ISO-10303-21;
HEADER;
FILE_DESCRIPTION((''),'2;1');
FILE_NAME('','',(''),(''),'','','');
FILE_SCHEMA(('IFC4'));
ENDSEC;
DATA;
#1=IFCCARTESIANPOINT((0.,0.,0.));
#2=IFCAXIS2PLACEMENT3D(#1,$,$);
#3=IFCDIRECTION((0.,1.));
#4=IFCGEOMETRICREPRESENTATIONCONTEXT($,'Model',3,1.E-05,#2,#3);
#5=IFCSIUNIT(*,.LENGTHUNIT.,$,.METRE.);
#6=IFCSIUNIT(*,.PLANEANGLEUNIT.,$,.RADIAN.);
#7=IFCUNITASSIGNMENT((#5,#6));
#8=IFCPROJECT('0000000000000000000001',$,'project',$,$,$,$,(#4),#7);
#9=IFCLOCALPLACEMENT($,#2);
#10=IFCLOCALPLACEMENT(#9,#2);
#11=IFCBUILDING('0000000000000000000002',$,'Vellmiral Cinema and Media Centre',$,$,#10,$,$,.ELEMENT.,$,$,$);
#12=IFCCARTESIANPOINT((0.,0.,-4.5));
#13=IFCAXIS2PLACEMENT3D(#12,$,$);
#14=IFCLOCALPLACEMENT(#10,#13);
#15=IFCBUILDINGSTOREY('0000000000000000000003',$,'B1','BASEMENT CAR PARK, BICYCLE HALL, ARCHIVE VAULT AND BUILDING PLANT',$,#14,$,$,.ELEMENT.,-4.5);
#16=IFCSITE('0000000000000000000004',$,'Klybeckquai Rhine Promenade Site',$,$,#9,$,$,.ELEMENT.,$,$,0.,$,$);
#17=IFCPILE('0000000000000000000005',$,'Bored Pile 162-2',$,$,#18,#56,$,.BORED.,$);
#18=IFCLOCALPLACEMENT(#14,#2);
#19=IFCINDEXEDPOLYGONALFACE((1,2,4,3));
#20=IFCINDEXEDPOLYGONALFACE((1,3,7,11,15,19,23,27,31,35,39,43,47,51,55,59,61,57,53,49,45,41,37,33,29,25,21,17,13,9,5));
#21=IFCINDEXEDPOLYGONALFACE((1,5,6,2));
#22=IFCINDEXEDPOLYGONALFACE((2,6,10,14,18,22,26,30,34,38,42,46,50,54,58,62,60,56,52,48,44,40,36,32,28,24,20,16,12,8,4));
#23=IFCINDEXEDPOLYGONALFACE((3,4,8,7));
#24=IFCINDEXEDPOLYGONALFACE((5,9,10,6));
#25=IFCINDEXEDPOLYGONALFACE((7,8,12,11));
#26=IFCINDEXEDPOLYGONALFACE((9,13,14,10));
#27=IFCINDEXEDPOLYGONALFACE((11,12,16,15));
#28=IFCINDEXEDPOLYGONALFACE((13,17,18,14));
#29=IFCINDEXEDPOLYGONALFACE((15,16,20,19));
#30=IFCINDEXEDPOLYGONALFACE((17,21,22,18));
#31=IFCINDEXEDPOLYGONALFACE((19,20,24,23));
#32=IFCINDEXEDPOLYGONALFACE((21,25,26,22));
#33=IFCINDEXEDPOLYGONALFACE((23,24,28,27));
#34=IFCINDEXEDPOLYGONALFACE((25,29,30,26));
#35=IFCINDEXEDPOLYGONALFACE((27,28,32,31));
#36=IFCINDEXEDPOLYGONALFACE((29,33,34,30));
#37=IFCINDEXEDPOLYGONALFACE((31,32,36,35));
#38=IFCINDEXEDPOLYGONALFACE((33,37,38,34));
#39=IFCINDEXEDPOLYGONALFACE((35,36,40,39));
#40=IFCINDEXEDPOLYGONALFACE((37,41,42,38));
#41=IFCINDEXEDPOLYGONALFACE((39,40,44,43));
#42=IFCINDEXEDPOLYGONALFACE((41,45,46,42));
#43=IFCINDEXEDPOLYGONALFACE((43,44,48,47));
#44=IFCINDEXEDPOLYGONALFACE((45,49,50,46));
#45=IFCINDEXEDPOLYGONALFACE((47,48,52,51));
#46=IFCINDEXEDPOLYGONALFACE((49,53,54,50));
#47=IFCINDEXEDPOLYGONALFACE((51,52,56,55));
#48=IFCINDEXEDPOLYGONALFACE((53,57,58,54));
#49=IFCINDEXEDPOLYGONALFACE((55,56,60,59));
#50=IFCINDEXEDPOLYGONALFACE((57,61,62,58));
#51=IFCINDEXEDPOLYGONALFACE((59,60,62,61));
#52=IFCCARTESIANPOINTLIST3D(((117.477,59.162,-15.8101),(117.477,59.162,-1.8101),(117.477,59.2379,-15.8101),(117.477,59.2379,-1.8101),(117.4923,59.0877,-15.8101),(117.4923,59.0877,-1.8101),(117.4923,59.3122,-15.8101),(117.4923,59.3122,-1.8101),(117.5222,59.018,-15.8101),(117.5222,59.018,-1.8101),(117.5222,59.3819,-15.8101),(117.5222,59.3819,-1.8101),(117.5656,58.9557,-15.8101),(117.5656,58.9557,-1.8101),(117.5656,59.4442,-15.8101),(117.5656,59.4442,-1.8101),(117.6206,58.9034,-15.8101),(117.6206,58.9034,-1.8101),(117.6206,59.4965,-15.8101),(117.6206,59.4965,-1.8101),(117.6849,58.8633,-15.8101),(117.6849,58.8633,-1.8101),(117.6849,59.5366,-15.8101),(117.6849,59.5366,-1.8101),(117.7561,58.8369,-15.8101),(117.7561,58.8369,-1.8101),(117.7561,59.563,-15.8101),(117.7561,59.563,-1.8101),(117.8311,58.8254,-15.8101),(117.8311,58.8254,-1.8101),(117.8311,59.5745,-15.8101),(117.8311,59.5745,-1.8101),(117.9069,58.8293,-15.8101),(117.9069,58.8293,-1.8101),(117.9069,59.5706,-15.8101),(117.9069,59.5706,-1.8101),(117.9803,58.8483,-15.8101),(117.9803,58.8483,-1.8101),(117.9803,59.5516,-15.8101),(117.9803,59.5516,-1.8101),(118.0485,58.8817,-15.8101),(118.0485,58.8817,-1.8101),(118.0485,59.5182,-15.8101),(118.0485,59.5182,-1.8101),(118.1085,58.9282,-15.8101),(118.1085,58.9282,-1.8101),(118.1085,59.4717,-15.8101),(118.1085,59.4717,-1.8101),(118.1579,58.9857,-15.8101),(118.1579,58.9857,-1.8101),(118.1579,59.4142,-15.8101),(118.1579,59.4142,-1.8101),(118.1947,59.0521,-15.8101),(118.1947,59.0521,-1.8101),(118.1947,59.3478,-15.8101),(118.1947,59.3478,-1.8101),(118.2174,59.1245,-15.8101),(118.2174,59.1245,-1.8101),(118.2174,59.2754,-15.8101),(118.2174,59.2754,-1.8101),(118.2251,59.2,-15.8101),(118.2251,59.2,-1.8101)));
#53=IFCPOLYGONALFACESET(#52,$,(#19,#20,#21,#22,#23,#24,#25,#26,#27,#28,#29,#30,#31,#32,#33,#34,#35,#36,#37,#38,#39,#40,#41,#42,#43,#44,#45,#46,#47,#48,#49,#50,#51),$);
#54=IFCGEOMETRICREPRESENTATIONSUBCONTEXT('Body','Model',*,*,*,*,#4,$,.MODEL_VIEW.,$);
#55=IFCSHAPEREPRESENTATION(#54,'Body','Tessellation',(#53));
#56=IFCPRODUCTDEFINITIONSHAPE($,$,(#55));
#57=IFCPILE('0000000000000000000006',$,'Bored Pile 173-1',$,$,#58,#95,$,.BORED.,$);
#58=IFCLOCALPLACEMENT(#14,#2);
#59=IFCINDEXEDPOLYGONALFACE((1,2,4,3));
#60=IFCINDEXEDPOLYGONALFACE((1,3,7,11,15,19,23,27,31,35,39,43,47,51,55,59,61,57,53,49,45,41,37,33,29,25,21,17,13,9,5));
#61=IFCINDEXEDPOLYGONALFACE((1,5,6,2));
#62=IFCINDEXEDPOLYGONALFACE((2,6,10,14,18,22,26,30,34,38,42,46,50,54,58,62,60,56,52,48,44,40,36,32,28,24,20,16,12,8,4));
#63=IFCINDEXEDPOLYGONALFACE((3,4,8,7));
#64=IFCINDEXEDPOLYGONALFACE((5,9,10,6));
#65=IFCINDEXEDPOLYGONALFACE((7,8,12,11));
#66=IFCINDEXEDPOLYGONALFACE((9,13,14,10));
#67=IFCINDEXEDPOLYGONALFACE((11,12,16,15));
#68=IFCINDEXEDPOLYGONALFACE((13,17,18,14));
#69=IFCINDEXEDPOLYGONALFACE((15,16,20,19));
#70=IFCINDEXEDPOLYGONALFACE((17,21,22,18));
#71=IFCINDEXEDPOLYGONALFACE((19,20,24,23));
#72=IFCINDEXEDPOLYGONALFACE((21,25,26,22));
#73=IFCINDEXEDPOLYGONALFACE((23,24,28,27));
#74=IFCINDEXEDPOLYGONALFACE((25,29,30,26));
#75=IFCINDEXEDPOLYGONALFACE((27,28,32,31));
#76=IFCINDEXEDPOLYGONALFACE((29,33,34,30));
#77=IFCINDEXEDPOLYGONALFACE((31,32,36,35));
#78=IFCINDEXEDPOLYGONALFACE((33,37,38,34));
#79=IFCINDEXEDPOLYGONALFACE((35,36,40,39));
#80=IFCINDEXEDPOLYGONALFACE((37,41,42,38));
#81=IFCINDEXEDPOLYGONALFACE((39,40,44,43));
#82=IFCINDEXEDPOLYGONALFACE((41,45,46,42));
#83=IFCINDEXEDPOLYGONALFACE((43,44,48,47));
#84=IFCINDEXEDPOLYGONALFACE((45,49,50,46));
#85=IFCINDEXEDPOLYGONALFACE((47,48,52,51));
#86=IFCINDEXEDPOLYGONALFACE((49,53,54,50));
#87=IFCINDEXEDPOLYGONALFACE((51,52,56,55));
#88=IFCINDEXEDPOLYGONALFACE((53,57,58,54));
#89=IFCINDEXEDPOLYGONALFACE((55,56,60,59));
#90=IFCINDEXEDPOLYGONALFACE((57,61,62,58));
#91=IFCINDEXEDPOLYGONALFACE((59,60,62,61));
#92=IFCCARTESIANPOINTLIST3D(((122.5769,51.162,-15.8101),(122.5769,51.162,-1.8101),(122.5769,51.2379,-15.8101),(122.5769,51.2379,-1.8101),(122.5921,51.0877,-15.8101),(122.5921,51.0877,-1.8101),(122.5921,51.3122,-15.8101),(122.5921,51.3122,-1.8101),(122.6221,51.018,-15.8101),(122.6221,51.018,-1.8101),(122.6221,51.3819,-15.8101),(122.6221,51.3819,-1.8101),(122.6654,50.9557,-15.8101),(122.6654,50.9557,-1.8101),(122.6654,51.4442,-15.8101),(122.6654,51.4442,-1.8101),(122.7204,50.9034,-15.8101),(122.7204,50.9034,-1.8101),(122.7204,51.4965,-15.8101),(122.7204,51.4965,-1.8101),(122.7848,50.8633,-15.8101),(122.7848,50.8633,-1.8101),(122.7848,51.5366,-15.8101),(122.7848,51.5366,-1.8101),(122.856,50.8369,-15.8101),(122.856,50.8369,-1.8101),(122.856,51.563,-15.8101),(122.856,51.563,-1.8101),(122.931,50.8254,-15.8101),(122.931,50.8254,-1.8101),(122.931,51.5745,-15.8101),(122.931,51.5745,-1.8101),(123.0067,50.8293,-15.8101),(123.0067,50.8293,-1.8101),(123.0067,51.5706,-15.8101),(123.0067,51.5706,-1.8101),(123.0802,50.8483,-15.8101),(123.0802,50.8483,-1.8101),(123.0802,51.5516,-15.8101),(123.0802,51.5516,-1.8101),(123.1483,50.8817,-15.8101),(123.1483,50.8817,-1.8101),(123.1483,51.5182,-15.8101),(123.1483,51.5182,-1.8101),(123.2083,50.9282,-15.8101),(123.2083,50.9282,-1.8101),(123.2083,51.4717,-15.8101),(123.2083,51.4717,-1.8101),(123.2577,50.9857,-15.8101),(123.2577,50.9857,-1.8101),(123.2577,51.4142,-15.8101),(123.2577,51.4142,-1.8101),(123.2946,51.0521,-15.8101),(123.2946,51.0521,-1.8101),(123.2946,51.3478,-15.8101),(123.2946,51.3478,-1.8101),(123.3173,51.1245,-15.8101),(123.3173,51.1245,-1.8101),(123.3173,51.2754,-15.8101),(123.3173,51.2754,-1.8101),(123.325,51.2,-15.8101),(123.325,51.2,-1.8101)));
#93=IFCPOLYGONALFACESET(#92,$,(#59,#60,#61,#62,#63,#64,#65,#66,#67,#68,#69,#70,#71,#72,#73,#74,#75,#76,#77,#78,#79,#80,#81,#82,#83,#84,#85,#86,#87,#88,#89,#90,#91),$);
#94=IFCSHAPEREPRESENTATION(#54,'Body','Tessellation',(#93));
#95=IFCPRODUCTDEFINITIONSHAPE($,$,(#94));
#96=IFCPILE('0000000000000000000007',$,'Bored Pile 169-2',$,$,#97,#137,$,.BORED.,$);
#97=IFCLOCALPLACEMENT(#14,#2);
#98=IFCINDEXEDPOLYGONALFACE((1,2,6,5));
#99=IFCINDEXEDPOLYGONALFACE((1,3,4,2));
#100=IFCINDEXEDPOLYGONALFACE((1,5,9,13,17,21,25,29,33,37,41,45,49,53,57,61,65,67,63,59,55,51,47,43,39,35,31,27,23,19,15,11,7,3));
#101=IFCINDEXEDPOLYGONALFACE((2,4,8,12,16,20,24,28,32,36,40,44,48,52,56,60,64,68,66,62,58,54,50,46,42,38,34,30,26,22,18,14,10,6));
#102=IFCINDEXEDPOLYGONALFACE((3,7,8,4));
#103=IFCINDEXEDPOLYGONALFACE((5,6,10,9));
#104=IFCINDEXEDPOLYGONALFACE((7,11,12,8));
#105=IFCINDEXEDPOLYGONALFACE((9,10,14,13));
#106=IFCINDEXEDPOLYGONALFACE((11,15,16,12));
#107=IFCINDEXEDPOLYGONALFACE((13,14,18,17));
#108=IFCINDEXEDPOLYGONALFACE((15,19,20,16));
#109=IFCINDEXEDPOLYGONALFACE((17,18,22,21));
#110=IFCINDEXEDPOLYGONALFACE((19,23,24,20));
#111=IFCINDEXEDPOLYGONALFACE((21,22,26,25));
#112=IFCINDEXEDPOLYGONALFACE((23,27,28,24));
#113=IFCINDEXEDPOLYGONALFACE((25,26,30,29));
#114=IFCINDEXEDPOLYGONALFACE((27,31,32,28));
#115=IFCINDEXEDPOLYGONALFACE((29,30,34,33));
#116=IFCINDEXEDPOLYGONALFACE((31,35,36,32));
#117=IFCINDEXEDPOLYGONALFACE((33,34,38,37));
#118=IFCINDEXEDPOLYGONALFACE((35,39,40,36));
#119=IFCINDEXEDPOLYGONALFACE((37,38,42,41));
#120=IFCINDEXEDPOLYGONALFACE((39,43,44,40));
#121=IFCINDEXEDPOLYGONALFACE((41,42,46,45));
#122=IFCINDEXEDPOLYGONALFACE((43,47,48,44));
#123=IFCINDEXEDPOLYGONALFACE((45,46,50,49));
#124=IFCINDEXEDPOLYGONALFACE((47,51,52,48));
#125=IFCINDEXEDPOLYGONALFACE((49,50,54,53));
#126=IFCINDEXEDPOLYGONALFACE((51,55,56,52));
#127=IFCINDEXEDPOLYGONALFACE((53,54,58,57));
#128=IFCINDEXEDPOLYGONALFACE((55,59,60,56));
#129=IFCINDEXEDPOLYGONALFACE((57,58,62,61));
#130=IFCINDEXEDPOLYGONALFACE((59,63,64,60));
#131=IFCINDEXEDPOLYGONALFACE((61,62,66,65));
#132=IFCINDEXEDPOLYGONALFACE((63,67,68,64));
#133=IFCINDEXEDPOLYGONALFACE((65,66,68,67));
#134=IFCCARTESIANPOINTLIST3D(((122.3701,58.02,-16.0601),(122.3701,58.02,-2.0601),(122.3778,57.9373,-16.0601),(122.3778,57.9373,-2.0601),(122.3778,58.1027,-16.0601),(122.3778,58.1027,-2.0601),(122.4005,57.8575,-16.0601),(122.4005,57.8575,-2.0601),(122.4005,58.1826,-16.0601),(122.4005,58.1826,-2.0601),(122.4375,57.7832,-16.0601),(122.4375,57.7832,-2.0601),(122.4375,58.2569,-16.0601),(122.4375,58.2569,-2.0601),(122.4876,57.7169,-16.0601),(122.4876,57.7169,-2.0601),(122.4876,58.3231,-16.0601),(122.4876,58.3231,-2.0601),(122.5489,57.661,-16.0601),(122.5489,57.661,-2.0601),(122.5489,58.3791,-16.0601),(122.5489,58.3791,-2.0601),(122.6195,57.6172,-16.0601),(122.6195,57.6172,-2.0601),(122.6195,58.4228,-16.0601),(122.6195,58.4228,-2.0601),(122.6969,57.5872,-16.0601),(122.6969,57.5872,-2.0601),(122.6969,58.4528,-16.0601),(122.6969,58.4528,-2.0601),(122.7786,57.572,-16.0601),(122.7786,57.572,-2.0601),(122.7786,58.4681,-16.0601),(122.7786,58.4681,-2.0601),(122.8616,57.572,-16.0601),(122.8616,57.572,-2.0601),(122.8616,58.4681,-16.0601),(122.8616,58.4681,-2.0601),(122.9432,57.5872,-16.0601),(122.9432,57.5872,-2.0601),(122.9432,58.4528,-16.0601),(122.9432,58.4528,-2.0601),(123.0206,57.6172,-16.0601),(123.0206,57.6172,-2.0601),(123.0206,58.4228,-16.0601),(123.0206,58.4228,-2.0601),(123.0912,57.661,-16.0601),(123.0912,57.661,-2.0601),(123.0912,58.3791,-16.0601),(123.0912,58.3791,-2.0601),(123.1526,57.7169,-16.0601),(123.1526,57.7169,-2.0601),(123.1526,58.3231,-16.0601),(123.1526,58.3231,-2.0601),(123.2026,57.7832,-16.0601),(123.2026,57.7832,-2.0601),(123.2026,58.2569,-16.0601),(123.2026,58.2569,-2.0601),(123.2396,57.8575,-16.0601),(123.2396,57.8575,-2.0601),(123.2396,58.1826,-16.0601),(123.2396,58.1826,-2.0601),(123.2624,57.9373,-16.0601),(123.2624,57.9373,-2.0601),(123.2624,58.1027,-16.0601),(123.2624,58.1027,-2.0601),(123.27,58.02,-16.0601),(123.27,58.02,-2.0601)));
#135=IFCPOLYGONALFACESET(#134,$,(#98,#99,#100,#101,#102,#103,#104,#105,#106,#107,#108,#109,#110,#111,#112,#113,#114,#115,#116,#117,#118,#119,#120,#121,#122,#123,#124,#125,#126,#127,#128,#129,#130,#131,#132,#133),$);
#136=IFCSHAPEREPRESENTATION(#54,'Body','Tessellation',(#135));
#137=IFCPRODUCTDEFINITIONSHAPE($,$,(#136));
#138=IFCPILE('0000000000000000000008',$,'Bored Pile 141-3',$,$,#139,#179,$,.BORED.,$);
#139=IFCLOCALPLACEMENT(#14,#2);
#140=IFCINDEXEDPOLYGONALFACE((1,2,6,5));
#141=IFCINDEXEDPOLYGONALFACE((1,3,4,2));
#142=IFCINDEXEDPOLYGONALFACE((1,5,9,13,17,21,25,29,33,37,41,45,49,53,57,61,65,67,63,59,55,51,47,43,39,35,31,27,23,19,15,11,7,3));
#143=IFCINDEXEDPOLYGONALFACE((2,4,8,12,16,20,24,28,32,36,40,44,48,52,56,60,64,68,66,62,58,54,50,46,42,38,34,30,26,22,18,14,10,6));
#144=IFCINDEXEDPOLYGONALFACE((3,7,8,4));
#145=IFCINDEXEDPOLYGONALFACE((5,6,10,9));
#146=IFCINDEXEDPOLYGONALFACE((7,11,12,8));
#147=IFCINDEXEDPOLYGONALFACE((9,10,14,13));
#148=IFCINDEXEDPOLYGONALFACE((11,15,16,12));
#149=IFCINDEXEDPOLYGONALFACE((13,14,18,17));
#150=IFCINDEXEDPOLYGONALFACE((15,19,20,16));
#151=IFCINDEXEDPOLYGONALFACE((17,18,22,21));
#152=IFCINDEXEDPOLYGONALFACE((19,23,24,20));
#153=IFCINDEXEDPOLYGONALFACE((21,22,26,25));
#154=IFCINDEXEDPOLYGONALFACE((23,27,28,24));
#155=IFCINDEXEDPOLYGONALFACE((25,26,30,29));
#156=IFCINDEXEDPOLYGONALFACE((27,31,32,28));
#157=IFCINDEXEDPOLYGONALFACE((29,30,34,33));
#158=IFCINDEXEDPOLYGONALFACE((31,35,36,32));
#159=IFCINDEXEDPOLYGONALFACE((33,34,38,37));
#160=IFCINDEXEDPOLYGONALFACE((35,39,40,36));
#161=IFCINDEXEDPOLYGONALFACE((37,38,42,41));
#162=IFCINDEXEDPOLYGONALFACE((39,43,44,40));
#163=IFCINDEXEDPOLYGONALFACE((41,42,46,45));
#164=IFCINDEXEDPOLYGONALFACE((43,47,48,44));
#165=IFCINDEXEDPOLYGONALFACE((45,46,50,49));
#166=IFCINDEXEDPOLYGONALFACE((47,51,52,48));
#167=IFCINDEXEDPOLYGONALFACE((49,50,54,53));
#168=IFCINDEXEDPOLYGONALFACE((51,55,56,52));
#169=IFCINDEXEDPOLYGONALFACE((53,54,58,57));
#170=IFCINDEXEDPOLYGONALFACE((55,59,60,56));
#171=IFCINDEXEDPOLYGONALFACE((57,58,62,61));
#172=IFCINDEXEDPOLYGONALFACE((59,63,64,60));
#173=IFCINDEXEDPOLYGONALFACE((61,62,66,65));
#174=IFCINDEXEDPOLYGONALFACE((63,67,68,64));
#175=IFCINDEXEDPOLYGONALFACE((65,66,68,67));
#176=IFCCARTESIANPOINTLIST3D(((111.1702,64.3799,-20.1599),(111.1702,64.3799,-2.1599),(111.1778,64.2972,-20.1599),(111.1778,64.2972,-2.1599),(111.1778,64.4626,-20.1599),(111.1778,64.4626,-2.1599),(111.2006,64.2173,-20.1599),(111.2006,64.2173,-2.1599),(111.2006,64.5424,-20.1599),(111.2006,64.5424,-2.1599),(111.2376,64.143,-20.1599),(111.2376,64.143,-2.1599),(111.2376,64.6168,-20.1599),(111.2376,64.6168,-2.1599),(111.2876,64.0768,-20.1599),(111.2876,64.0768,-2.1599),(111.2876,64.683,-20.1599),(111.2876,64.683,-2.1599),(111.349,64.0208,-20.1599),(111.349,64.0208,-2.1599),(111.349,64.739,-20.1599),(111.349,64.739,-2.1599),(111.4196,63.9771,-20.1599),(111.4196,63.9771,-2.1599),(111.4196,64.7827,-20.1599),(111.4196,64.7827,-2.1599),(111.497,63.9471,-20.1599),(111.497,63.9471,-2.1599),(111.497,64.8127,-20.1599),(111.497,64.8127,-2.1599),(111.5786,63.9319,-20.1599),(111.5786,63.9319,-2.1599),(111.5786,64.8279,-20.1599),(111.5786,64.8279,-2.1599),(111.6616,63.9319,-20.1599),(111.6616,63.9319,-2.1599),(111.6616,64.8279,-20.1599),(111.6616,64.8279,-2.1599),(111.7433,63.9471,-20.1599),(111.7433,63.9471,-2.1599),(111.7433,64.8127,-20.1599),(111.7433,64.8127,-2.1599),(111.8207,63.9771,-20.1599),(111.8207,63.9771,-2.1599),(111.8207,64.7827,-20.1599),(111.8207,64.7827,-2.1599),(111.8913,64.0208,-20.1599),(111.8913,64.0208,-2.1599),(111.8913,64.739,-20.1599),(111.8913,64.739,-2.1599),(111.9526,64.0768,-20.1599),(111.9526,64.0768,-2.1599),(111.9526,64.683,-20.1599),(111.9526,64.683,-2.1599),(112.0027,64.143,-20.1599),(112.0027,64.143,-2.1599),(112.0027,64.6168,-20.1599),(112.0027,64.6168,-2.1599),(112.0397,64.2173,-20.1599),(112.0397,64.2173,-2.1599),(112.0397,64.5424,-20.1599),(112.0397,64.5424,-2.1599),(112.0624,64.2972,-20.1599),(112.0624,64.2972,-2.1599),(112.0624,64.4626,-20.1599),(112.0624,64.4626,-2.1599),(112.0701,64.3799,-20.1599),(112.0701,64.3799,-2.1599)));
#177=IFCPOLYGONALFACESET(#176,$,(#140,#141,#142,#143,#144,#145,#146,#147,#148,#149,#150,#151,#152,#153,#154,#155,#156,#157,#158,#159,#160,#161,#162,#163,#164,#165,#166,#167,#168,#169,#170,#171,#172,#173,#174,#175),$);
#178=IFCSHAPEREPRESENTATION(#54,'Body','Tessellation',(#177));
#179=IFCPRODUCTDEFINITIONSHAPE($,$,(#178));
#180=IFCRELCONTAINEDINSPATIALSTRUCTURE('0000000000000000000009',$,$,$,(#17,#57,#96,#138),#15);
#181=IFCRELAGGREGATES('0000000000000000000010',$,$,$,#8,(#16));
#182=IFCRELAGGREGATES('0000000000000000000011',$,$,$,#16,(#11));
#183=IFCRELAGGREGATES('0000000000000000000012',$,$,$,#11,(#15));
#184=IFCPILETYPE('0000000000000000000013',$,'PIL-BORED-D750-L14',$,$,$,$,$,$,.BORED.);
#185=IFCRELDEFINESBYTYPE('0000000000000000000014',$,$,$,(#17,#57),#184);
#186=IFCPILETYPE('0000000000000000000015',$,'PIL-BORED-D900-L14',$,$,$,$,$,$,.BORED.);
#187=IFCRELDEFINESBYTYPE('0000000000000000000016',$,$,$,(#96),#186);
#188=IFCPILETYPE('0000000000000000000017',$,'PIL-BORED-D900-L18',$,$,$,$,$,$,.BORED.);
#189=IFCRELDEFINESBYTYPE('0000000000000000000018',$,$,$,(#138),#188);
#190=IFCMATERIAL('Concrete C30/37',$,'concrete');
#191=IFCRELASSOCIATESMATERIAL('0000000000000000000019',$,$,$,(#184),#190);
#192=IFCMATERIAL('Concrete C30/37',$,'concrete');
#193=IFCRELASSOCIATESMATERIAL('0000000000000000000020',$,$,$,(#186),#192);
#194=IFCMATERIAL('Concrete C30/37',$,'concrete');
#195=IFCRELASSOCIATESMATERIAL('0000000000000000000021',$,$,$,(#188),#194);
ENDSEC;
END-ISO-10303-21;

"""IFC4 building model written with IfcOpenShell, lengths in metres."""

from ifc_helpers import new_model, si_unit, direction, frame, origin, origin_2d, place, context, subcontext, project, spatial, circle, extrude, material, material_profile, profile_set, type_object, element, save


model = new_model("IFC4")

# Units and contexts
model_context = context("Model", 3, precision=1e-05, world=origin(), true_north=direction((0.0, 1.0)))
body_context = subcontext(model_context, "Body", "Model", "MODEL_VIEW")
ifc_project = project(units=[si_unit("LENGTHUNIT", "METRE"), si_unit("PLANEANGLEUNIT", "RADIAN")], contexts=[model_context])

# Site, building, storey
site_placement = place(None, origin())
site = spatial("IfcSite", under=ifc_project, at=site_placement, Name="Klybeckquai Rhine Promenade Site", CompositionType="ELEMENT", RefElevation=0.0)
building_placement = place(site_placement, origin())
building = spatial("IfcBuilding", under=site, at=building_placement, Name="Vellmiral Cinema and Media Centre", CompositionType="ELEMENT")
storey_placement = place(building_placement, frame((0.0, 0.0, -4.5)))
storey = spatial("IfcBuildingStorey", under=building, at=storey_placement, Name="B1", Description="BASEMENT CAR PARK, BICYCLE HALL, ARCHIVE VAULT AND BUILDING PLANT", CompositionType="ELEMENT", Elevation=-4.5)

# Piles
ifc_material_1 = material(Name="Concrete C30/37", Category="concrete")
ifc_material_profile_1 = material_profile(ifc_material_1, circle(Radius=0.375, at=origin_2d()), Name="PILE D750")
ifc_profile_set_1 = profile_set([ifc_material_profile_1], Name="Concrete C30/37")
pile_type_1 = type_object("IfcPileType", Name="PIL-BORED-D750-L14", PredefinedType="BORED", material=ifc_profile_set_1)
for number, where, z_axis, x_axis, name in (
    (1, (117.8501, 59.2, -1.8101), (0.0, 0.0, -1.0), (1.0, 0.0, 0.0), "Bored Pile 162-2"),
    (2, (122.95, 51.2, -1.8101), (0.0, 0.0, -1.0), (1.0, 0.0, 0.0), "Bored Pile 173-1"),
):
    element("IfcPile", number, at=place(storey_placement, frame(where, z_axis=z_axis, x_axis=x_axis)), inside=storey, type_object=pile_type_1, Name=name, PredefinedType="BORED", context=body_context, shape_type="SweptSolid", body=[
        extrude(circle(Radius=0.375, at=origin_2d()), origin(), (0.0, 0.0, 1.0), 14.0),
    ])
ifc_material_2 = material(Name="Concrete C30/37", Category="concrete")
ifc_material_profile_2 = material_profile(ifc_material_2, circle(Radius=0.45, at=origin_2d()), Name="PILE D900")
ifc_profile_set_2 = profile_set([ifc_material_profile_2], Name="Concrete C30/37")
pile_type_2 = type_object("IfcPileType", Name="PIL-BORED-D900-L14", PredefinedType="BORED", material=ifc_profile_set_2)
pile_placement = place(storey_placement, frame((122.8201, 58.02, -2.0601), z_axis=(0.0, 0.0, -1.0), x_axis=(1.0, 0.0, 0.0)))
element("IfcPile", 3, at=pile_placement, inside=storey, type_object=pile_type_2, Name="Bored Pile 169-2", PredefinedType="BORED", context=body_context, shape_type="SweptSolid", body=[
    extrude(circle(Radius=0.45, at=origin_2d()), origin(), (0.0, 0.0, 1.0), 14.0),
])
ifc_material_3 = material(Name="Concrete C30/37", Category="concrete")
ifc_material_profile_3 = material_profile(ifc_material_3, circle(Radius=0.45, at=origin_2d()), Name="PILE D900")
ifc_profile_set_3 = profile_set([ifc_material_profile_3], Name="Concrete C30/37")
pile_type_3 = type_object("IfcPileType", Name="PIL-BORED-D900-L18", PredefinedType="BORED", material=ifc_profile_set_3)
for number, where, z_axis, x_axis, name in (
    (4, (111.6201, 64.3799, -2.1599), (0.0, 0.0, -1.0), (1.0, 0.0, 0.0), "Bored Pile 141-3"),
):
    element("IfcPile", number, at=place(storey_placement, frame(where, z_axis=z_axis, x_axis=x_axis)), inside=storey, type_object=pile_type_3, Name=name, PredefinedType="BORED", context=body_context, shape_type="SweptSolid", body=[
        extrude(circle(Radius=0.45, at=origin_2d()), origin(), (0.0, 0.0, 1.0), 18.0),
    ])

save(model, "model.ifc")
